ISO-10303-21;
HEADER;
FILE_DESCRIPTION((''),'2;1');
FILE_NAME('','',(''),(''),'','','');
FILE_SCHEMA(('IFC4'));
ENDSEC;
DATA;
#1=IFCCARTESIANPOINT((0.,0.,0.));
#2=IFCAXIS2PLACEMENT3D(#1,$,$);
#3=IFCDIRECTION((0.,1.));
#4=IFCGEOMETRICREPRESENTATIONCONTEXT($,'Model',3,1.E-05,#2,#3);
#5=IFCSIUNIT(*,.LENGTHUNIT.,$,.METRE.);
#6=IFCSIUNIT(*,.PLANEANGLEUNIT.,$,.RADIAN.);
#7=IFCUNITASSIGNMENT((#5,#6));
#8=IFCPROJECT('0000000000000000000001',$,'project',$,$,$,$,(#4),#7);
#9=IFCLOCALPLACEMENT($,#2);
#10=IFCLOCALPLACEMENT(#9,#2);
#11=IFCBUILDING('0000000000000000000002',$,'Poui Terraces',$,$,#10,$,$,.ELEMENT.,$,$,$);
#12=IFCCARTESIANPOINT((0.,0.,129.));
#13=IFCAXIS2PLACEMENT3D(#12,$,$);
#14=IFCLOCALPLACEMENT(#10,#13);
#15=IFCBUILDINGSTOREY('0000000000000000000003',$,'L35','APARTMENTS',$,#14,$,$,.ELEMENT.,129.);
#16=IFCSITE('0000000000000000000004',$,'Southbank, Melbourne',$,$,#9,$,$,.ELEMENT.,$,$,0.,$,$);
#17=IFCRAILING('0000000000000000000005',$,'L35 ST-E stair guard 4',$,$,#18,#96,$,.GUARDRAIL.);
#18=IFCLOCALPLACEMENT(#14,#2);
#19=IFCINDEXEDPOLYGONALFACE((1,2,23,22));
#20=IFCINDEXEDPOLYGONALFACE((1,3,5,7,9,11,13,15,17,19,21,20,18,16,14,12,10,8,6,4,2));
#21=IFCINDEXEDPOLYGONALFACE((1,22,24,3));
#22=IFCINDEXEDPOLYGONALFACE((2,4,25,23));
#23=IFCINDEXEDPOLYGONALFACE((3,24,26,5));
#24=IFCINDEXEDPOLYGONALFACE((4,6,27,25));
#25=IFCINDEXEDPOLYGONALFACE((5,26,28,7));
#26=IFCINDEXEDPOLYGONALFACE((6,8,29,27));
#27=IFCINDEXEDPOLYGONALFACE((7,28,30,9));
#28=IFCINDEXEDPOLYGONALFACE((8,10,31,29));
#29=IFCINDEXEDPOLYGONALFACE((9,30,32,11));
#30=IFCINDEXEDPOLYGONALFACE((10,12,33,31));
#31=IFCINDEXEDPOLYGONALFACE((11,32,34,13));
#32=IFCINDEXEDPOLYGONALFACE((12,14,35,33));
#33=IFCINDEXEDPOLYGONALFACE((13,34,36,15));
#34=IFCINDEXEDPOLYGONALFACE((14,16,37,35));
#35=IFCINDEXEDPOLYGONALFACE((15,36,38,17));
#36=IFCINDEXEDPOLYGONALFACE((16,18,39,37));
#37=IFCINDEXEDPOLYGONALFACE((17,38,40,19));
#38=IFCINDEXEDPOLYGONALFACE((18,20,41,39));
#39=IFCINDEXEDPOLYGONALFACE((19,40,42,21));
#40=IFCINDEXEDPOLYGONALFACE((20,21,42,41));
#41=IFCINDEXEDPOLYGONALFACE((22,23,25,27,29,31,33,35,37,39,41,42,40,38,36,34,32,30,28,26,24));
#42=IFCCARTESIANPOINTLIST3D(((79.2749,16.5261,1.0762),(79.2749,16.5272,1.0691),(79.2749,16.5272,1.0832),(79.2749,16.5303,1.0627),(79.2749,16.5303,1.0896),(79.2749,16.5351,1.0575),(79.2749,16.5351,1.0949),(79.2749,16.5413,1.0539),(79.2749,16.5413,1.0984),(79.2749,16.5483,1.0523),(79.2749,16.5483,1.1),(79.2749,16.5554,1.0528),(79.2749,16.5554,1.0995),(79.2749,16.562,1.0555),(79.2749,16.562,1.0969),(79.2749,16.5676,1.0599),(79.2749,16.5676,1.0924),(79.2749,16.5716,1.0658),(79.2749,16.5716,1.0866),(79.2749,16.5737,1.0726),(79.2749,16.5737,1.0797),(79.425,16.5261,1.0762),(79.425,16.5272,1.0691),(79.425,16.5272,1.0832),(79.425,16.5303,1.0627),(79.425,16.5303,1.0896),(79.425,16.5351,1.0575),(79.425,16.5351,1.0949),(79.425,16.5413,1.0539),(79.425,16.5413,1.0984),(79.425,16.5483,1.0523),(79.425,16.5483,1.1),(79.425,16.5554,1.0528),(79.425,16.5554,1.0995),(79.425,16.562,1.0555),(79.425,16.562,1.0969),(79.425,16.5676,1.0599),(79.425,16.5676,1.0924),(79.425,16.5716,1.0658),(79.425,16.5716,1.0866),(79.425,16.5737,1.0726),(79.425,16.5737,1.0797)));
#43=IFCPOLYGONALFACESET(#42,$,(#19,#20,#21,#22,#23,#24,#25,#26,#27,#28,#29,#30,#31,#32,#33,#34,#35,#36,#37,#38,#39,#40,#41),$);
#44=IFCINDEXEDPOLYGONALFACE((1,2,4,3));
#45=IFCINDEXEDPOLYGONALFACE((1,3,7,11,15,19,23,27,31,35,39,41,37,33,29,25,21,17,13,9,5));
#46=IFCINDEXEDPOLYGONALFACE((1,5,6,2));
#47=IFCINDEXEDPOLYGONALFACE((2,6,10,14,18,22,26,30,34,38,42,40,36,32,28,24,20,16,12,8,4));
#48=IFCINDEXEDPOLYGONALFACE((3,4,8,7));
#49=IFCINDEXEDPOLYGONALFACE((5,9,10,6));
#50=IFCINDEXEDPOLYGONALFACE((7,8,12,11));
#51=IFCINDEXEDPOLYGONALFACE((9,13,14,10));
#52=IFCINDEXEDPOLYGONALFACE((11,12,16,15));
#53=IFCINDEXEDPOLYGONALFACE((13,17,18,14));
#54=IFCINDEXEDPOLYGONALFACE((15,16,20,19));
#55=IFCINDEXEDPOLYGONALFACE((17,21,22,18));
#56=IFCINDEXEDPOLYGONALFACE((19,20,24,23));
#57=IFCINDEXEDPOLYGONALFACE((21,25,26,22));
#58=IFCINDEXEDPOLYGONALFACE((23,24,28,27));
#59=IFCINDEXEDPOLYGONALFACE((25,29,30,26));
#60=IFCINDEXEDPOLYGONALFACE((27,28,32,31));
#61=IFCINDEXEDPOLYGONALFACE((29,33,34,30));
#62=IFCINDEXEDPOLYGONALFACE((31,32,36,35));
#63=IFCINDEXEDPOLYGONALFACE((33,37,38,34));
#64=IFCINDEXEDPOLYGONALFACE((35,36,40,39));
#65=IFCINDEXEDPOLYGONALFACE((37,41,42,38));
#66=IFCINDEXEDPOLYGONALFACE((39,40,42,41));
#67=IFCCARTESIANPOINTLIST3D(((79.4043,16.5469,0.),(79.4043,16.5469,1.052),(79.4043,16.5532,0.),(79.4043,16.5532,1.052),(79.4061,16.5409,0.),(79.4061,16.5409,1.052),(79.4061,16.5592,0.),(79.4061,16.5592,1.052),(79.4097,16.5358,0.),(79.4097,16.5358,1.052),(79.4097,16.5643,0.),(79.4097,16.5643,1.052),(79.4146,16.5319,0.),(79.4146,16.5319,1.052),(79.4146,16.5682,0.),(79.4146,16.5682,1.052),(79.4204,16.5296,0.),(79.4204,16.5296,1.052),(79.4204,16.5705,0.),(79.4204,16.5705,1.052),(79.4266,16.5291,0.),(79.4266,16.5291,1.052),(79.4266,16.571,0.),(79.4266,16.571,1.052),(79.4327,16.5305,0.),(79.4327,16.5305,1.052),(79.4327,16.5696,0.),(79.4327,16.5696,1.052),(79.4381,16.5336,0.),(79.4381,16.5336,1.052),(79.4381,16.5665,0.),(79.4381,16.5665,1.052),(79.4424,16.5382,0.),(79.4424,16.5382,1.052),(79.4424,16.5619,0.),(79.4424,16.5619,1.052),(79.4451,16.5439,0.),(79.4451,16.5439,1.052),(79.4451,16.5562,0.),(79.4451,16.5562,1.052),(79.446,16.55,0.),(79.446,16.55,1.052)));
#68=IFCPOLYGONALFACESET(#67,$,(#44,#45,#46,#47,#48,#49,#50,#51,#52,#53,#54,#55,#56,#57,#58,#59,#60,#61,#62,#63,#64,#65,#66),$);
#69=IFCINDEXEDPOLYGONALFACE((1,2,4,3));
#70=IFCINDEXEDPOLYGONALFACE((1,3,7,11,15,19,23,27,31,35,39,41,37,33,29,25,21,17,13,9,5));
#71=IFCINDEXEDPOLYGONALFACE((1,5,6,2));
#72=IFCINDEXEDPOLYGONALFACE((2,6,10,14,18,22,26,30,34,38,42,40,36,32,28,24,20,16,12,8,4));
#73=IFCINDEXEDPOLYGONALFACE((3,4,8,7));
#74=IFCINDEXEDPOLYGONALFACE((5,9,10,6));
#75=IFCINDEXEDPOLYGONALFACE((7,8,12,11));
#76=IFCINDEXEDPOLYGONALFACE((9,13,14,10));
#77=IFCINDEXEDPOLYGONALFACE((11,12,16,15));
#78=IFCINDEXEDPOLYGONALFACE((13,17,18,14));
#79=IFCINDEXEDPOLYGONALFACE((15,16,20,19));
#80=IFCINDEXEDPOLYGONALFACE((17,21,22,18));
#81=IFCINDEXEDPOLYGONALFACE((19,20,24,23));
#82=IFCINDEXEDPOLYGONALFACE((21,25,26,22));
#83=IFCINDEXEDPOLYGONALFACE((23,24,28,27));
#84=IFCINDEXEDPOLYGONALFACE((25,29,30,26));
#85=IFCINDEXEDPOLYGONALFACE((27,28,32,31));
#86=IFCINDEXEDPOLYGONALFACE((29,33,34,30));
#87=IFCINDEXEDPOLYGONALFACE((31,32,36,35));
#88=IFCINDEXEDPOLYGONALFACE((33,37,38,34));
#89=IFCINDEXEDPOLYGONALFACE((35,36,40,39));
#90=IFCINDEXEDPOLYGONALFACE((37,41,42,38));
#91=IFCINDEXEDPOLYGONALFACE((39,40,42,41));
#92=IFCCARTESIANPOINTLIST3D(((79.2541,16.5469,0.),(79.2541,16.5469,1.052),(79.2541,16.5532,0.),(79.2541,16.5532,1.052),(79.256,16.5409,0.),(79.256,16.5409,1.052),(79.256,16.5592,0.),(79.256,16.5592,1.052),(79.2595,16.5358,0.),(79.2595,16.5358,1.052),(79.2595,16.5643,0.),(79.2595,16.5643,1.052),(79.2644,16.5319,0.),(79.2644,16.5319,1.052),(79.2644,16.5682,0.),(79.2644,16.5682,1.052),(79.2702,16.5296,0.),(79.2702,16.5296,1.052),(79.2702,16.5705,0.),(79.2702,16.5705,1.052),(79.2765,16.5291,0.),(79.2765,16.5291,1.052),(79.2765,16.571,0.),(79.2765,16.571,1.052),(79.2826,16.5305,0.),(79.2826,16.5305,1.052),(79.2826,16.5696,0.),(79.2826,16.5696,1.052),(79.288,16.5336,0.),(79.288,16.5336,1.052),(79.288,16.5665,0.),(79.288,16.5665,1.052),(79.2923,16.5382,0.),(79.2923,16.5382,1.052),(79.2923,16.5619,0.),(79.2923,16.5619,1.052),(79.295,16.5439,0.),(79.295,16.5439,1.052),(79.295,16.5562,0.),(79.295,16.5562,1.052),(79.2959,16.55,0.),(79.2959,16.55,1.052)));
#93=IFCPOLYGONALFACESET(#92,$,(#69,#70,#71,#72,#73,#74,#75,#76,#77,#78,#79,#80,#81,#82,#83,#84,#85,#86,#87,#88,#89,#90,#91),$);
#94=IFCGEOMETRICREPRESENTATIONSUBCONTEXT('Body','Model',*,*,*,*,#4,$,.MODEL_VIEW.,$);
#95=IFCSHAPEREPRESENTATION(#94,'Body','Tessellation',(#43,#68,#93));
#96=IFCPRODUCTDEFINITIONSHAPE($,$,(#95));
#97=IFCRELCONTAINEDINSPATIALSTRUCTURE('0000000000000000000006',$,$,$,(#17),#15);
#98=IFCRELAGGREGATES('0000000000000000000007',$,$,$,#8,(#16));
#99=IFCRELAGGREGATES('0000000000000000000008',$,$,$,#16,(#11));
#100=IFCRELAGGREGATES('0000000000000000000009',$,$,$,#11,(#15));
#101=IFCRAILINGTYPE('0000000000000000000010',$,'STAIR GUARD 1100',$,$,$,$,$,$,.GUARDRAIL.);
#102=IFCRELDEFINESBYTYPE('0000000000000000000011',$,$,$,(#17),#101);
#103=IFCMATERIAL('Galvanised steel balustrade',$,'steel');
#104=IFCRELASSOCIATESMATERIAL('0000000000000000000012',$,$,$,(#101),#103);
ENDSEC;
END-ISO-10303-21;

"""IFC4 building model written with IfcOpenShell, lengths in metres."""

from ifc_helpers import new_model, si_unit, direction, frame, origin, origin_2d, place, context, subcontext, project, spatial, circle, extrude, material, type_object, element, save


model = new_model("IFC4")

# Units and contexts
model_context = context("Model", 3, precision=1e-05, world=origin(), true_north=direction((0.0, 1.0)))
body_context = subcontext(model_context, "Body", "Model", "MODEL_VIEW")
ifc_project = project(units=[si_unit("LENGTHUNIT", "METRE"), si_unit("PLANEANGLEUNIT", "RADIAN")], contexts=[model_context])

# Site, building, storey
site_placement = place(None, origin())
site = spatial("IfcSite", under=ifc_project, at=site_placement, Name="Southbank, Melbourne", CompositionType="ELEMENT", RefElevation=0.0)
building_placement = place(site_placement, origin())
building = spatial("IfcBuilding", under=site, at=building_placement, Name="Poui Terraces", CompositionType="ELEMENT")
storey_placement = place(building_placement, frame((0.0, 0.0, 129.0)))
storey = spatial("IfcBuildingStorey", under=building, at=storey_placement, Name="L35", Description="APARTMENTS", CompositionType="ELEMENT", Elevation=129.0)

# Railing
ifc_material_1 = material(Name="Galvanised steel balustrade", Category="steel")
railing_type_1 = type_object("IfcRailingType", Name="STAIR GUARD 1100", PredefinedType="GUARDRAIL", material=ifc_material_1)
railing_1_placement = place(storey_placement, frame((79.425, 16.55, 0.0)))
element("IfcRailing", 1, at=railing_1_placement, inside=storey, type_object=railing_type_1, Name="L35 ST-E stair guard 4", PredefinedType="GUARDRAIL", context=body_context, shape_type="SweptSolid", body=[
    extrude(circle(Radius=0.0239, at=origin_2d()), frame((0.0, 0.0, 1.0762), z_axis=(-1.0, 0.0, 0.0), x_axis=(0.0, -1.0, 0.0)), (0.0, 0.0, 1.0), 0.1501),
    extrude(circle(Radius=0.021, at=origin_2d()), origin(), (0.0, 0.0, 1.0), 1.052),
    extrude(circle(Radius=0.021, at=origin_2d()), frame((-0.1501, 0.0, 0.0)), (0.0, 0.0, 1.0), 1.052),
])

save(model, "model.ifc")
